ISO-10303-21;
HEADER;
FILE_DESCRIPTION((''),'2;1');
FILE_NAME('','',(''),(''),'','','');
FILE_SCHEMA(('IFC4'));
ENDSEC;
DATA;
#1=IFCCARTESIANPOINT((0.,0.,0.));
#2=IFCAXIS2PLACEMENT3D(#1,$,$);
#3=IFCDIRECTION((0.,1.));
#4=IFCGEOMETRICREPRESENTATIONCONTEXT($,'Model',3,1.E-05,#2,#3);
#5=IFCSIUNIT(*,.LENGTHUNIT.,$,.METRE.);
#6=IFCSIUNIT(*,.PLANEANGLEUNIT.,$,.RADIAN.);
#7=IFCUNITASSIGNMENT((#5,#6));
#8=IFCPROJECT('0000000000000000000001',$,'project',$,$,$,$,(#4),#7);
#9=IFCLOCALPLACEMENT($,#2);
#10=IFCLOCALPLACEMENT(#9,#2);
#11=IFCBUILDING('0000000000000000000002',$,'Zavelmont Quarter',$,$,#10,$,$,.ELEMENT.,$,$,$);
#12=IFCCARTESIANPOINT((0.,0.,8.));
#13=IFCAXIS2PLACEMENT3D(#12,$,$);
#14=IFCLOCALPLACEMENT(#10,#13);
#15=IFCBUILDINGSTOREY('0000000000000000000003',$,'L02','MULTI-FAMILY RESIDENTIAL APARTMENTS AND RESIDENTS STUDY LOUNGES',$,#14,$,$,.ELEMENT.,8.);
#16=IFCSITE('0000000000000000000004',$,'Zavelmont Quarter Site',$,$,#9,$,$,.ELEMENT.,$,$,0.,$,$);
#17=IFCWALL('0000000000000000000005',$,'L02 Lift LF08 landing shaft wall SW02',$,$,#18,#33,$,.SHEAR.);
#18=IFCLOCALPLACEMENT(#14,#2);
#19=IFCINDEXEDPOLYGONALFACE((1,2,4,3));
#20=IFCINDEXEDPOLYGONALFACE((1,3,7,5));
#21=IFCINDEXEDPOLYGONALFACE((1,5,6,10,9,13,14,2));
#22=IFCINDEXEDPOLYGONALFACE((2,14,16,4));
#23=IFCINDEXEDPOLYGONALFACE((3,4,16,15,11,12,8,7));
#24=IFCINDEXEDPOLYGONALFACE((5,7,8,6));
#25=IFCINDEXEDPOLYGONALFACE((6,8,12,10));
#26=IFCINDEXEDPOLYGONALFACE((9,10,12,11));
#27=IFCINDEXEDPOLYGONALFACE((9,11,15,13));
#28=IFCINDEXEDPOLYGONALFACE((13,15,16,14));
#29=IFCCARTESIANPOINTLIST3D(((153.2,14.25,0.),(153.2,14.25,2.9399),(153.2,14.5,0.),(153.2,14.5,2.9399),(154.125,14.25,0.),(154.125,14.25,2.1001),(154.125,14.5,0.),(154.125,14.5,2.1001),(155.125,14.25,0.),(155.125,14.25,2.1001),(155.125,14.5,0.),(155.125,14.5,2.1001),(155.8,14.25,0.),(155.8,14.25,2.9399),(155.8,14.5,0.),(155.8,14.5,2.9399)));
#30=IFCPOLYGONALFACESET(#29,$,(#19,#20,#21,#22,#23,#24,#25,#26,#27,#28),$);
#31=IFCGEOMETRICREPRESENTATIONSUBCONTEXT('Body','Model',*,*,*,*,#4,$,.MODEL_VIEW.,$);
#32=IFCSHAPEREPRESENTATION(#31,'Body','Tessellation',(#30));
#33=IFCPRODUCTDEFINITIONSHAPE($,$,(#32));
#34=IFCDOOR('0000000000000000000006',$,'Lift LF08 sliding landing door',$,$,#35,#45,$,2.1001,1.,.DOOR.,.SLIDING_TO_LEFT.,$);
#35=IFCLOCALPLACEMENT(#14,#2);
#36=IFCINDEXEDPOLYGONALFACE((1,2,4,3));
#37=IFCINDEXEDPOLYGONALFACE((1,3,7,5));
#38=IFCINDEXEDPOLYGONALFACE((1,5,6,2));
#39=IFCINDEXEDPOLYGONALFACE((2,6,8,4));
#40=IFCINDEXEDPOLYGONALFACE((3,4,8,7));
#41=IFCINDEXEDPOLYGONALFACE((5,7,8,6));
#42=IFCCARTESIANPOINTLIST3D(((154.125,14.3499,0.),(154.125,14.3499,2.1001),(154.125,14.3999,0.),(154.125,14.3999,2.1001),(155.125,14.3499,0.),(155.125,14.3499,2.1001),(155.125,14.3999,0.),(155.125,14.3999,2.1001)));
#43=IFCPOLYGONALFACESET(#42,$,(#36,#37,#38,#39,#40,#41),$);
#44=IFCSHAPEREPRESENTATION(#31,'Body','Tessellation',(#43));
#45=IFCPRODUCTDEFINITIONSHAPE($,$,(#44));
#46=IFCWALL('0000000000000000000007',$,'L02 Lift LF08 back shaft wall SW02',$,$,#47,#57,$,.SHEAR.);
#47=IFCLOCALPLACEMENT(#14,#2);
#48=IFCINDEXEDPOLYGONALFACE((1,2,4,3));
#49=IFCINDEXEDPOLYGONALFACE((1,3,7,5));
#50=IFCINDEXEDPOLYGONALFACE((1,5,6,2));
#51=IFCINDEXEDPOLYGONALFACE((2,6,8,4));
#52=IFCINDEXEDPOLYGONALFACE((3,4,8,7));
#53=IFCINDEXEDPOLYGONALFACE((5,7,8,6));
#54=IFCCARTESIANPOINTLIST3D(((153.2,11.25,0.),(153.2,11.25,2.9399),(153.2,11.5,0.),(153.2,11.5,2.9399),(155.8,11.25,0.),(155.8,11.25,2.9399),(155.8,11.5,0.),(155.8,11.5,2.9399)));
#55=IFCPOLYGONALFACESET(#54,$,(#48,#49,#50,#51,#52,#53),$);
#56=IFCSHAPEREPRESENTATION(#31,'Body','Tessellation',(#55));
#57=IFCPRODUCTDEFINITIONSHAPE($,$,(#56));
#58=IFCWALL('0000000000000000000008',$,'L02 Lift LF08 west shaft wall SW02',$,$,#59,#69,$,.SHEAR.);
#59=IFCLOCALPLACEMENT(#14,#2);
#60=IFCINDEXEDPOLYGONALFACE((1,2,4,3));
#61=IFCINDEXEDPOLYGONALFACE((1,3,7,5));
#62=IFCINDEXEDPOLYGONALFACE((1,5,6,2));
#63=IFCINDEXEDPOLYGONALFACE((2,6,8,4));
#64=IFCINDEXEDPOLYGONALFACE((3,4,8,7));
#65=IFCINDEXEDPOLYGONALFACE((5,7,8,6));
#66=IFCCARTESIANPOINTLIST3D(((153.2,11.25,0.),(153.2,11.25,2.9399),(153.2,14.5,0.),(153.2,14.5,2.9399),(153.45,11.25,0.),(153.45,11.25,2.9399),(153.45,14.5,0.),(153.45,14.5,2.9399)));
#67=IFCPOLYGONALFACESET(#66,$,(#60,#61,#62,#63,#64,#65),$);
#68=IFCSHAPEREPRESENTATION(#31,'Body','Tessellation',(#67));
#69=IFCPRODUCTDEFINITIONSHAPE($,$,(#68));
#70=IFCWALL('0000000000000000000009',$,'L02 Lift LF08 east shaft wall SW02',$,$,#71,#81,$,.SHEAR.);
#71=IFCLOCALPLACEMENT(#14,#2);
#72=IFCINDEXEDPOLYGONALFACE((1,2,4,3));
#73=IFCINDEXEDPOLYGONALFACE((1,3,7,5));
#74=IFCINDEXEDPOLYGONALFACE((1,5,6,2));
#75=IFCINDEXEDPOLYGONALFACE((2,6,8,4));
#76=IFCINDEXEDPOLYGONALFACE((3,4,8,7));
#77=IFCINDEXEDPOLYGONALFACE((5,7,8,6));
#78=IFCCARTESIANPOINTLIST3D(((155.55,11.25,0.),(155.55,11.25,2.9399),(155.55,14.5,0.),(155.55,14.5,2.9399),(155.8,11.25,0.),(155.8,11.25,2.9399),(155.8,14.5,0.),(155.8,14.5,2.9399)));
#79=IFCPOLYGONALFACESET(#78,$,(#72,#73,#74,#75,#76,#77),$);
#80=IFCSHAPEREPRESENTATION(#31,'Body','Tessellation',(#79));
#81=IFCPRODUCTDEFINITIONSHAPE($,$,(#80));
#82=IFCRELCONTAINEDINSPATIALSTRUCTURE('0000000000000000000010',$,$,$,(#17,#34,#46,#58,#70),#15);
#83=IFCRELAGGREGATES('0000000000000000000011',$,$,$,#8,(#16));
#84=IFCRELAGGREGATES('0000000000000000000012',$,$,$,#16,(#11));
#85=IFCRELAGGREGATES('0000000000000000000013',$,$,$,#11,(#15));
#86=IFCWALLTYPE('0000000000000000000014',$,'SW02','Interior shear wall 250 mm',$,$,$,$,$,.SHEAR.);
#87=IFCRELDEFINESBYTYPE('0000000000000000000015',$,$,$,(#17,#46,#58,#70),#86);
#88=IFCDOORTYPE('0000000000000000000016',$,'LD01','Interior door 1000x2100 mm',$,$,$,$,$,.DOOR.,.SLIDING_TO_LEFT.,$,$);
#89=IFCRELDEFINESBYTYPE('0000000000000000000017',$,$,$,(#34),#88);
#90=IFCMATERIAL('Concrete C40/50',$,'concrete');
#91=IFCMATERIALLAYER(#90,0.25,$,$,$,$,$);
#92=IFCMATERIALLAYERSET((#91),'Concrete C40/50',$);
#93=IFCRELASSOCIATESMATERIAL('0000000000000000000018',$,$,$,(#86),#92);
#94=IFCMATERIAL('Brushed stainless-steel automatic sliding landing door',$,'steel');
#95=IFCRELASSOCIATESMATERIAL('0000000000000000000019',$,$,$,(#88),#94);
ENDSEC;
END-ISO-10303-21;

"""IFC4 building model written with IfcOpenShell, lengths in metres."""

from ifc_helpers import new_model, si_unit, direction, frame, frame_2d, origin, origin_with_axes, place, context, subcontext, project, spatial, rectangle, extrude, material, layer, layer_set, type_object, element, fill, save


model = new_model("IFC4")

# Units and contexts
model_context = context("Model", 3, precision=1e-05, world=origin(), true_north=direction((0.0, 1.0)))
body_context = subcontext(model_context, "Body", "Model", "MODEL_VIEW")
ifc_project = project(units=[si_unit("LENGTHUNIT", "METRE"), si_unit("PLANEANGLEUNIT", "RADIAN")], contexts=[model_context])

# Site, building, storey
site_placement = place(None, origin())
site = spatial("IfcSite", under=ifc_project, at=site_placement, Name="Zavelmont Quarter Site", CompositionType="ELEMENT", RefElevation=0.0)
building_placement = place(site_placement, origin())
building = spatial("IfcBuilding", under=site, at=building_placement, Name="Zavelmont Quarter", CompositionType="ELEMENT")
storey_placement = place(building_placement, frame((0.0, 0.0, 8.0)))
storey = spatial("IfcBuildingStorey", under=building, at=storey_placement, Name="L02", Description="MULTI-FAMILY RESIDENTIAL APARTMENTS AND RESIDENTS STUDY LOUNGES", CompositionType="ELEMENT", Elevation=8.0)

# Shared definitions
ifc_material_1 = material(Name="Concrete C40/50", Category="concrete")

# Wall, opening, door
ifc_layer_1 = layer(ifc_material_1, 0.25)
ifc_layer_set_1 = layer_set([ifc_layer_1], Name="Concrete C40/50")
wall_type_1 = type_object("IfcWallType", Name="SW02", Description="Interior shear wall 250 mm", PredefinedType="SHEAR", material=ifc_layer_set_1)
wall_1_placement = place(storey_placement, frame((153.2, 14.375, 0.0), z_axis=(0.0, 0.0, 1.0), x_axis=(1.0, 0.0, 0.0)))
wall_1 = element("IfcWall", 1, at=wall_1_placement, inside=storey, type_object=wall_type_1, Name="L02 Lift LF08 landing shaft wall SW02", PredefinedType="SHEAR", context=body_context, shape_type="SweptSolid", body=[
    extrude(rectangle(XDim=2.6001, YDim=0.25, at=frame_2d((1.3, 0.0))), origin(), (0.0, 0.0, 1.0), 2.9399),
])
opening_1_placement = place(wall_1_placement, frame((0.925, 0.0, 0.0)))
opening_1 = element("IfcOpeningElement", 2, at=opening_1_placement, cuts=wall_1, PredefinedType="OPENING", context=body_context, shape_type="SweptSolid", body=[
    extrude(rectangle(XDim=1.0, YDim=2.1001, at=frame_2d((0.5, 1.05))), frame((0.0, 0.137, 0.0), z_axis=(0.0, -1.0, 0.0), x_axis=(1.0, 0.0, 0.0)), (0.0, 0.0, 1.0), 0.2739),
])
ifc_material_2 = material(Name="Brushed stainless-steel automatic sliding landing door", Category="steel")
door_type_1 = type_object("IfcDoorType", Name="LD01", Description="Interior door 1000x2100 mm", OperationType="SLIDING_TO_LEFT", PredefinedType="DOOR", material=ifc_material_2)
door_1_placement = place(opening_1_placement, origin_with_axes())
door_1 = element("IfcDoor", 3, at=door_1_placement, inside=storey, type_object=door_type_1, Name="Lift LF08 sliding landing door", OperationType="SLIDING_TO_LEFT", OverallHeight=2.1001, OverallWidth=1.0, PredefinedType="DOOR", context=body_context, shape_type="SweptSolid", body=[
    extrude(rectangle(XDim=1.0, YDim=2.1001, at=frame_2d((0.5, 1.05))), frame((0.0, 0.0249, 0.0), z_axis=(0.0, -1.0, 0.0), x_axis=(1.0, 0.0, 0.0)), (0.0, 0.0, 1.0), 0.05),
])
fill(opening_1, door_1)

# Walls
wall_2_placement = place(storey_placement, frame((153.2, 11.375, 0.0), z_axis=(0.0, 0.0, 1.0), x_axis=(1.0, 0.0, 0.0)))
element("IfcWall", 4, at=wall_2_placement, inside=storey, type_object=wall_type_1, Name="L02 Lift LF08 back shaft wall SW02", PredefinedType="SHEAR", context=body_context, shape_type="SweptSolid", body=[
    extrude(rectangle(XDim=2.6001, YDim=0.25, at=frame_2d((1.3, 0.0))), origin(), (0.0, 0.0, 1.0), 2.9399),
])
for number, where, z_axis, x_axis, name in (
    (5, (153.325, 11.25, 0.0), (0.0, 0.0, 1.0), (0.0, 1.0, 0.0), "L02 Lift LF08 west shaft wall SW02"),
    (6, (155.675, 11.25, 0.0), (0.0, 0.0, 1.0), (0.0, 1.0, 0.0), "L02 Lift LF08 east shaft wall SW02"),
):
    element("IfcWall", number, at=place(storey_placement, frame(where, z_axis=z_axis, x_axis=x_axis)), inside=storey, type_object=wall_type_1, Name=name, PredefinedType="SHEAR", context=body_context, shape_type="SweptSolid", body=[
        extrude(rectangle(XDim=3.25, YDim=0.25, at=frame_2d((1.625, 0.0))), origin(), (0.0, 0.0, 1.0), 2.9399),
    ])

save(model, "model.ifc")
